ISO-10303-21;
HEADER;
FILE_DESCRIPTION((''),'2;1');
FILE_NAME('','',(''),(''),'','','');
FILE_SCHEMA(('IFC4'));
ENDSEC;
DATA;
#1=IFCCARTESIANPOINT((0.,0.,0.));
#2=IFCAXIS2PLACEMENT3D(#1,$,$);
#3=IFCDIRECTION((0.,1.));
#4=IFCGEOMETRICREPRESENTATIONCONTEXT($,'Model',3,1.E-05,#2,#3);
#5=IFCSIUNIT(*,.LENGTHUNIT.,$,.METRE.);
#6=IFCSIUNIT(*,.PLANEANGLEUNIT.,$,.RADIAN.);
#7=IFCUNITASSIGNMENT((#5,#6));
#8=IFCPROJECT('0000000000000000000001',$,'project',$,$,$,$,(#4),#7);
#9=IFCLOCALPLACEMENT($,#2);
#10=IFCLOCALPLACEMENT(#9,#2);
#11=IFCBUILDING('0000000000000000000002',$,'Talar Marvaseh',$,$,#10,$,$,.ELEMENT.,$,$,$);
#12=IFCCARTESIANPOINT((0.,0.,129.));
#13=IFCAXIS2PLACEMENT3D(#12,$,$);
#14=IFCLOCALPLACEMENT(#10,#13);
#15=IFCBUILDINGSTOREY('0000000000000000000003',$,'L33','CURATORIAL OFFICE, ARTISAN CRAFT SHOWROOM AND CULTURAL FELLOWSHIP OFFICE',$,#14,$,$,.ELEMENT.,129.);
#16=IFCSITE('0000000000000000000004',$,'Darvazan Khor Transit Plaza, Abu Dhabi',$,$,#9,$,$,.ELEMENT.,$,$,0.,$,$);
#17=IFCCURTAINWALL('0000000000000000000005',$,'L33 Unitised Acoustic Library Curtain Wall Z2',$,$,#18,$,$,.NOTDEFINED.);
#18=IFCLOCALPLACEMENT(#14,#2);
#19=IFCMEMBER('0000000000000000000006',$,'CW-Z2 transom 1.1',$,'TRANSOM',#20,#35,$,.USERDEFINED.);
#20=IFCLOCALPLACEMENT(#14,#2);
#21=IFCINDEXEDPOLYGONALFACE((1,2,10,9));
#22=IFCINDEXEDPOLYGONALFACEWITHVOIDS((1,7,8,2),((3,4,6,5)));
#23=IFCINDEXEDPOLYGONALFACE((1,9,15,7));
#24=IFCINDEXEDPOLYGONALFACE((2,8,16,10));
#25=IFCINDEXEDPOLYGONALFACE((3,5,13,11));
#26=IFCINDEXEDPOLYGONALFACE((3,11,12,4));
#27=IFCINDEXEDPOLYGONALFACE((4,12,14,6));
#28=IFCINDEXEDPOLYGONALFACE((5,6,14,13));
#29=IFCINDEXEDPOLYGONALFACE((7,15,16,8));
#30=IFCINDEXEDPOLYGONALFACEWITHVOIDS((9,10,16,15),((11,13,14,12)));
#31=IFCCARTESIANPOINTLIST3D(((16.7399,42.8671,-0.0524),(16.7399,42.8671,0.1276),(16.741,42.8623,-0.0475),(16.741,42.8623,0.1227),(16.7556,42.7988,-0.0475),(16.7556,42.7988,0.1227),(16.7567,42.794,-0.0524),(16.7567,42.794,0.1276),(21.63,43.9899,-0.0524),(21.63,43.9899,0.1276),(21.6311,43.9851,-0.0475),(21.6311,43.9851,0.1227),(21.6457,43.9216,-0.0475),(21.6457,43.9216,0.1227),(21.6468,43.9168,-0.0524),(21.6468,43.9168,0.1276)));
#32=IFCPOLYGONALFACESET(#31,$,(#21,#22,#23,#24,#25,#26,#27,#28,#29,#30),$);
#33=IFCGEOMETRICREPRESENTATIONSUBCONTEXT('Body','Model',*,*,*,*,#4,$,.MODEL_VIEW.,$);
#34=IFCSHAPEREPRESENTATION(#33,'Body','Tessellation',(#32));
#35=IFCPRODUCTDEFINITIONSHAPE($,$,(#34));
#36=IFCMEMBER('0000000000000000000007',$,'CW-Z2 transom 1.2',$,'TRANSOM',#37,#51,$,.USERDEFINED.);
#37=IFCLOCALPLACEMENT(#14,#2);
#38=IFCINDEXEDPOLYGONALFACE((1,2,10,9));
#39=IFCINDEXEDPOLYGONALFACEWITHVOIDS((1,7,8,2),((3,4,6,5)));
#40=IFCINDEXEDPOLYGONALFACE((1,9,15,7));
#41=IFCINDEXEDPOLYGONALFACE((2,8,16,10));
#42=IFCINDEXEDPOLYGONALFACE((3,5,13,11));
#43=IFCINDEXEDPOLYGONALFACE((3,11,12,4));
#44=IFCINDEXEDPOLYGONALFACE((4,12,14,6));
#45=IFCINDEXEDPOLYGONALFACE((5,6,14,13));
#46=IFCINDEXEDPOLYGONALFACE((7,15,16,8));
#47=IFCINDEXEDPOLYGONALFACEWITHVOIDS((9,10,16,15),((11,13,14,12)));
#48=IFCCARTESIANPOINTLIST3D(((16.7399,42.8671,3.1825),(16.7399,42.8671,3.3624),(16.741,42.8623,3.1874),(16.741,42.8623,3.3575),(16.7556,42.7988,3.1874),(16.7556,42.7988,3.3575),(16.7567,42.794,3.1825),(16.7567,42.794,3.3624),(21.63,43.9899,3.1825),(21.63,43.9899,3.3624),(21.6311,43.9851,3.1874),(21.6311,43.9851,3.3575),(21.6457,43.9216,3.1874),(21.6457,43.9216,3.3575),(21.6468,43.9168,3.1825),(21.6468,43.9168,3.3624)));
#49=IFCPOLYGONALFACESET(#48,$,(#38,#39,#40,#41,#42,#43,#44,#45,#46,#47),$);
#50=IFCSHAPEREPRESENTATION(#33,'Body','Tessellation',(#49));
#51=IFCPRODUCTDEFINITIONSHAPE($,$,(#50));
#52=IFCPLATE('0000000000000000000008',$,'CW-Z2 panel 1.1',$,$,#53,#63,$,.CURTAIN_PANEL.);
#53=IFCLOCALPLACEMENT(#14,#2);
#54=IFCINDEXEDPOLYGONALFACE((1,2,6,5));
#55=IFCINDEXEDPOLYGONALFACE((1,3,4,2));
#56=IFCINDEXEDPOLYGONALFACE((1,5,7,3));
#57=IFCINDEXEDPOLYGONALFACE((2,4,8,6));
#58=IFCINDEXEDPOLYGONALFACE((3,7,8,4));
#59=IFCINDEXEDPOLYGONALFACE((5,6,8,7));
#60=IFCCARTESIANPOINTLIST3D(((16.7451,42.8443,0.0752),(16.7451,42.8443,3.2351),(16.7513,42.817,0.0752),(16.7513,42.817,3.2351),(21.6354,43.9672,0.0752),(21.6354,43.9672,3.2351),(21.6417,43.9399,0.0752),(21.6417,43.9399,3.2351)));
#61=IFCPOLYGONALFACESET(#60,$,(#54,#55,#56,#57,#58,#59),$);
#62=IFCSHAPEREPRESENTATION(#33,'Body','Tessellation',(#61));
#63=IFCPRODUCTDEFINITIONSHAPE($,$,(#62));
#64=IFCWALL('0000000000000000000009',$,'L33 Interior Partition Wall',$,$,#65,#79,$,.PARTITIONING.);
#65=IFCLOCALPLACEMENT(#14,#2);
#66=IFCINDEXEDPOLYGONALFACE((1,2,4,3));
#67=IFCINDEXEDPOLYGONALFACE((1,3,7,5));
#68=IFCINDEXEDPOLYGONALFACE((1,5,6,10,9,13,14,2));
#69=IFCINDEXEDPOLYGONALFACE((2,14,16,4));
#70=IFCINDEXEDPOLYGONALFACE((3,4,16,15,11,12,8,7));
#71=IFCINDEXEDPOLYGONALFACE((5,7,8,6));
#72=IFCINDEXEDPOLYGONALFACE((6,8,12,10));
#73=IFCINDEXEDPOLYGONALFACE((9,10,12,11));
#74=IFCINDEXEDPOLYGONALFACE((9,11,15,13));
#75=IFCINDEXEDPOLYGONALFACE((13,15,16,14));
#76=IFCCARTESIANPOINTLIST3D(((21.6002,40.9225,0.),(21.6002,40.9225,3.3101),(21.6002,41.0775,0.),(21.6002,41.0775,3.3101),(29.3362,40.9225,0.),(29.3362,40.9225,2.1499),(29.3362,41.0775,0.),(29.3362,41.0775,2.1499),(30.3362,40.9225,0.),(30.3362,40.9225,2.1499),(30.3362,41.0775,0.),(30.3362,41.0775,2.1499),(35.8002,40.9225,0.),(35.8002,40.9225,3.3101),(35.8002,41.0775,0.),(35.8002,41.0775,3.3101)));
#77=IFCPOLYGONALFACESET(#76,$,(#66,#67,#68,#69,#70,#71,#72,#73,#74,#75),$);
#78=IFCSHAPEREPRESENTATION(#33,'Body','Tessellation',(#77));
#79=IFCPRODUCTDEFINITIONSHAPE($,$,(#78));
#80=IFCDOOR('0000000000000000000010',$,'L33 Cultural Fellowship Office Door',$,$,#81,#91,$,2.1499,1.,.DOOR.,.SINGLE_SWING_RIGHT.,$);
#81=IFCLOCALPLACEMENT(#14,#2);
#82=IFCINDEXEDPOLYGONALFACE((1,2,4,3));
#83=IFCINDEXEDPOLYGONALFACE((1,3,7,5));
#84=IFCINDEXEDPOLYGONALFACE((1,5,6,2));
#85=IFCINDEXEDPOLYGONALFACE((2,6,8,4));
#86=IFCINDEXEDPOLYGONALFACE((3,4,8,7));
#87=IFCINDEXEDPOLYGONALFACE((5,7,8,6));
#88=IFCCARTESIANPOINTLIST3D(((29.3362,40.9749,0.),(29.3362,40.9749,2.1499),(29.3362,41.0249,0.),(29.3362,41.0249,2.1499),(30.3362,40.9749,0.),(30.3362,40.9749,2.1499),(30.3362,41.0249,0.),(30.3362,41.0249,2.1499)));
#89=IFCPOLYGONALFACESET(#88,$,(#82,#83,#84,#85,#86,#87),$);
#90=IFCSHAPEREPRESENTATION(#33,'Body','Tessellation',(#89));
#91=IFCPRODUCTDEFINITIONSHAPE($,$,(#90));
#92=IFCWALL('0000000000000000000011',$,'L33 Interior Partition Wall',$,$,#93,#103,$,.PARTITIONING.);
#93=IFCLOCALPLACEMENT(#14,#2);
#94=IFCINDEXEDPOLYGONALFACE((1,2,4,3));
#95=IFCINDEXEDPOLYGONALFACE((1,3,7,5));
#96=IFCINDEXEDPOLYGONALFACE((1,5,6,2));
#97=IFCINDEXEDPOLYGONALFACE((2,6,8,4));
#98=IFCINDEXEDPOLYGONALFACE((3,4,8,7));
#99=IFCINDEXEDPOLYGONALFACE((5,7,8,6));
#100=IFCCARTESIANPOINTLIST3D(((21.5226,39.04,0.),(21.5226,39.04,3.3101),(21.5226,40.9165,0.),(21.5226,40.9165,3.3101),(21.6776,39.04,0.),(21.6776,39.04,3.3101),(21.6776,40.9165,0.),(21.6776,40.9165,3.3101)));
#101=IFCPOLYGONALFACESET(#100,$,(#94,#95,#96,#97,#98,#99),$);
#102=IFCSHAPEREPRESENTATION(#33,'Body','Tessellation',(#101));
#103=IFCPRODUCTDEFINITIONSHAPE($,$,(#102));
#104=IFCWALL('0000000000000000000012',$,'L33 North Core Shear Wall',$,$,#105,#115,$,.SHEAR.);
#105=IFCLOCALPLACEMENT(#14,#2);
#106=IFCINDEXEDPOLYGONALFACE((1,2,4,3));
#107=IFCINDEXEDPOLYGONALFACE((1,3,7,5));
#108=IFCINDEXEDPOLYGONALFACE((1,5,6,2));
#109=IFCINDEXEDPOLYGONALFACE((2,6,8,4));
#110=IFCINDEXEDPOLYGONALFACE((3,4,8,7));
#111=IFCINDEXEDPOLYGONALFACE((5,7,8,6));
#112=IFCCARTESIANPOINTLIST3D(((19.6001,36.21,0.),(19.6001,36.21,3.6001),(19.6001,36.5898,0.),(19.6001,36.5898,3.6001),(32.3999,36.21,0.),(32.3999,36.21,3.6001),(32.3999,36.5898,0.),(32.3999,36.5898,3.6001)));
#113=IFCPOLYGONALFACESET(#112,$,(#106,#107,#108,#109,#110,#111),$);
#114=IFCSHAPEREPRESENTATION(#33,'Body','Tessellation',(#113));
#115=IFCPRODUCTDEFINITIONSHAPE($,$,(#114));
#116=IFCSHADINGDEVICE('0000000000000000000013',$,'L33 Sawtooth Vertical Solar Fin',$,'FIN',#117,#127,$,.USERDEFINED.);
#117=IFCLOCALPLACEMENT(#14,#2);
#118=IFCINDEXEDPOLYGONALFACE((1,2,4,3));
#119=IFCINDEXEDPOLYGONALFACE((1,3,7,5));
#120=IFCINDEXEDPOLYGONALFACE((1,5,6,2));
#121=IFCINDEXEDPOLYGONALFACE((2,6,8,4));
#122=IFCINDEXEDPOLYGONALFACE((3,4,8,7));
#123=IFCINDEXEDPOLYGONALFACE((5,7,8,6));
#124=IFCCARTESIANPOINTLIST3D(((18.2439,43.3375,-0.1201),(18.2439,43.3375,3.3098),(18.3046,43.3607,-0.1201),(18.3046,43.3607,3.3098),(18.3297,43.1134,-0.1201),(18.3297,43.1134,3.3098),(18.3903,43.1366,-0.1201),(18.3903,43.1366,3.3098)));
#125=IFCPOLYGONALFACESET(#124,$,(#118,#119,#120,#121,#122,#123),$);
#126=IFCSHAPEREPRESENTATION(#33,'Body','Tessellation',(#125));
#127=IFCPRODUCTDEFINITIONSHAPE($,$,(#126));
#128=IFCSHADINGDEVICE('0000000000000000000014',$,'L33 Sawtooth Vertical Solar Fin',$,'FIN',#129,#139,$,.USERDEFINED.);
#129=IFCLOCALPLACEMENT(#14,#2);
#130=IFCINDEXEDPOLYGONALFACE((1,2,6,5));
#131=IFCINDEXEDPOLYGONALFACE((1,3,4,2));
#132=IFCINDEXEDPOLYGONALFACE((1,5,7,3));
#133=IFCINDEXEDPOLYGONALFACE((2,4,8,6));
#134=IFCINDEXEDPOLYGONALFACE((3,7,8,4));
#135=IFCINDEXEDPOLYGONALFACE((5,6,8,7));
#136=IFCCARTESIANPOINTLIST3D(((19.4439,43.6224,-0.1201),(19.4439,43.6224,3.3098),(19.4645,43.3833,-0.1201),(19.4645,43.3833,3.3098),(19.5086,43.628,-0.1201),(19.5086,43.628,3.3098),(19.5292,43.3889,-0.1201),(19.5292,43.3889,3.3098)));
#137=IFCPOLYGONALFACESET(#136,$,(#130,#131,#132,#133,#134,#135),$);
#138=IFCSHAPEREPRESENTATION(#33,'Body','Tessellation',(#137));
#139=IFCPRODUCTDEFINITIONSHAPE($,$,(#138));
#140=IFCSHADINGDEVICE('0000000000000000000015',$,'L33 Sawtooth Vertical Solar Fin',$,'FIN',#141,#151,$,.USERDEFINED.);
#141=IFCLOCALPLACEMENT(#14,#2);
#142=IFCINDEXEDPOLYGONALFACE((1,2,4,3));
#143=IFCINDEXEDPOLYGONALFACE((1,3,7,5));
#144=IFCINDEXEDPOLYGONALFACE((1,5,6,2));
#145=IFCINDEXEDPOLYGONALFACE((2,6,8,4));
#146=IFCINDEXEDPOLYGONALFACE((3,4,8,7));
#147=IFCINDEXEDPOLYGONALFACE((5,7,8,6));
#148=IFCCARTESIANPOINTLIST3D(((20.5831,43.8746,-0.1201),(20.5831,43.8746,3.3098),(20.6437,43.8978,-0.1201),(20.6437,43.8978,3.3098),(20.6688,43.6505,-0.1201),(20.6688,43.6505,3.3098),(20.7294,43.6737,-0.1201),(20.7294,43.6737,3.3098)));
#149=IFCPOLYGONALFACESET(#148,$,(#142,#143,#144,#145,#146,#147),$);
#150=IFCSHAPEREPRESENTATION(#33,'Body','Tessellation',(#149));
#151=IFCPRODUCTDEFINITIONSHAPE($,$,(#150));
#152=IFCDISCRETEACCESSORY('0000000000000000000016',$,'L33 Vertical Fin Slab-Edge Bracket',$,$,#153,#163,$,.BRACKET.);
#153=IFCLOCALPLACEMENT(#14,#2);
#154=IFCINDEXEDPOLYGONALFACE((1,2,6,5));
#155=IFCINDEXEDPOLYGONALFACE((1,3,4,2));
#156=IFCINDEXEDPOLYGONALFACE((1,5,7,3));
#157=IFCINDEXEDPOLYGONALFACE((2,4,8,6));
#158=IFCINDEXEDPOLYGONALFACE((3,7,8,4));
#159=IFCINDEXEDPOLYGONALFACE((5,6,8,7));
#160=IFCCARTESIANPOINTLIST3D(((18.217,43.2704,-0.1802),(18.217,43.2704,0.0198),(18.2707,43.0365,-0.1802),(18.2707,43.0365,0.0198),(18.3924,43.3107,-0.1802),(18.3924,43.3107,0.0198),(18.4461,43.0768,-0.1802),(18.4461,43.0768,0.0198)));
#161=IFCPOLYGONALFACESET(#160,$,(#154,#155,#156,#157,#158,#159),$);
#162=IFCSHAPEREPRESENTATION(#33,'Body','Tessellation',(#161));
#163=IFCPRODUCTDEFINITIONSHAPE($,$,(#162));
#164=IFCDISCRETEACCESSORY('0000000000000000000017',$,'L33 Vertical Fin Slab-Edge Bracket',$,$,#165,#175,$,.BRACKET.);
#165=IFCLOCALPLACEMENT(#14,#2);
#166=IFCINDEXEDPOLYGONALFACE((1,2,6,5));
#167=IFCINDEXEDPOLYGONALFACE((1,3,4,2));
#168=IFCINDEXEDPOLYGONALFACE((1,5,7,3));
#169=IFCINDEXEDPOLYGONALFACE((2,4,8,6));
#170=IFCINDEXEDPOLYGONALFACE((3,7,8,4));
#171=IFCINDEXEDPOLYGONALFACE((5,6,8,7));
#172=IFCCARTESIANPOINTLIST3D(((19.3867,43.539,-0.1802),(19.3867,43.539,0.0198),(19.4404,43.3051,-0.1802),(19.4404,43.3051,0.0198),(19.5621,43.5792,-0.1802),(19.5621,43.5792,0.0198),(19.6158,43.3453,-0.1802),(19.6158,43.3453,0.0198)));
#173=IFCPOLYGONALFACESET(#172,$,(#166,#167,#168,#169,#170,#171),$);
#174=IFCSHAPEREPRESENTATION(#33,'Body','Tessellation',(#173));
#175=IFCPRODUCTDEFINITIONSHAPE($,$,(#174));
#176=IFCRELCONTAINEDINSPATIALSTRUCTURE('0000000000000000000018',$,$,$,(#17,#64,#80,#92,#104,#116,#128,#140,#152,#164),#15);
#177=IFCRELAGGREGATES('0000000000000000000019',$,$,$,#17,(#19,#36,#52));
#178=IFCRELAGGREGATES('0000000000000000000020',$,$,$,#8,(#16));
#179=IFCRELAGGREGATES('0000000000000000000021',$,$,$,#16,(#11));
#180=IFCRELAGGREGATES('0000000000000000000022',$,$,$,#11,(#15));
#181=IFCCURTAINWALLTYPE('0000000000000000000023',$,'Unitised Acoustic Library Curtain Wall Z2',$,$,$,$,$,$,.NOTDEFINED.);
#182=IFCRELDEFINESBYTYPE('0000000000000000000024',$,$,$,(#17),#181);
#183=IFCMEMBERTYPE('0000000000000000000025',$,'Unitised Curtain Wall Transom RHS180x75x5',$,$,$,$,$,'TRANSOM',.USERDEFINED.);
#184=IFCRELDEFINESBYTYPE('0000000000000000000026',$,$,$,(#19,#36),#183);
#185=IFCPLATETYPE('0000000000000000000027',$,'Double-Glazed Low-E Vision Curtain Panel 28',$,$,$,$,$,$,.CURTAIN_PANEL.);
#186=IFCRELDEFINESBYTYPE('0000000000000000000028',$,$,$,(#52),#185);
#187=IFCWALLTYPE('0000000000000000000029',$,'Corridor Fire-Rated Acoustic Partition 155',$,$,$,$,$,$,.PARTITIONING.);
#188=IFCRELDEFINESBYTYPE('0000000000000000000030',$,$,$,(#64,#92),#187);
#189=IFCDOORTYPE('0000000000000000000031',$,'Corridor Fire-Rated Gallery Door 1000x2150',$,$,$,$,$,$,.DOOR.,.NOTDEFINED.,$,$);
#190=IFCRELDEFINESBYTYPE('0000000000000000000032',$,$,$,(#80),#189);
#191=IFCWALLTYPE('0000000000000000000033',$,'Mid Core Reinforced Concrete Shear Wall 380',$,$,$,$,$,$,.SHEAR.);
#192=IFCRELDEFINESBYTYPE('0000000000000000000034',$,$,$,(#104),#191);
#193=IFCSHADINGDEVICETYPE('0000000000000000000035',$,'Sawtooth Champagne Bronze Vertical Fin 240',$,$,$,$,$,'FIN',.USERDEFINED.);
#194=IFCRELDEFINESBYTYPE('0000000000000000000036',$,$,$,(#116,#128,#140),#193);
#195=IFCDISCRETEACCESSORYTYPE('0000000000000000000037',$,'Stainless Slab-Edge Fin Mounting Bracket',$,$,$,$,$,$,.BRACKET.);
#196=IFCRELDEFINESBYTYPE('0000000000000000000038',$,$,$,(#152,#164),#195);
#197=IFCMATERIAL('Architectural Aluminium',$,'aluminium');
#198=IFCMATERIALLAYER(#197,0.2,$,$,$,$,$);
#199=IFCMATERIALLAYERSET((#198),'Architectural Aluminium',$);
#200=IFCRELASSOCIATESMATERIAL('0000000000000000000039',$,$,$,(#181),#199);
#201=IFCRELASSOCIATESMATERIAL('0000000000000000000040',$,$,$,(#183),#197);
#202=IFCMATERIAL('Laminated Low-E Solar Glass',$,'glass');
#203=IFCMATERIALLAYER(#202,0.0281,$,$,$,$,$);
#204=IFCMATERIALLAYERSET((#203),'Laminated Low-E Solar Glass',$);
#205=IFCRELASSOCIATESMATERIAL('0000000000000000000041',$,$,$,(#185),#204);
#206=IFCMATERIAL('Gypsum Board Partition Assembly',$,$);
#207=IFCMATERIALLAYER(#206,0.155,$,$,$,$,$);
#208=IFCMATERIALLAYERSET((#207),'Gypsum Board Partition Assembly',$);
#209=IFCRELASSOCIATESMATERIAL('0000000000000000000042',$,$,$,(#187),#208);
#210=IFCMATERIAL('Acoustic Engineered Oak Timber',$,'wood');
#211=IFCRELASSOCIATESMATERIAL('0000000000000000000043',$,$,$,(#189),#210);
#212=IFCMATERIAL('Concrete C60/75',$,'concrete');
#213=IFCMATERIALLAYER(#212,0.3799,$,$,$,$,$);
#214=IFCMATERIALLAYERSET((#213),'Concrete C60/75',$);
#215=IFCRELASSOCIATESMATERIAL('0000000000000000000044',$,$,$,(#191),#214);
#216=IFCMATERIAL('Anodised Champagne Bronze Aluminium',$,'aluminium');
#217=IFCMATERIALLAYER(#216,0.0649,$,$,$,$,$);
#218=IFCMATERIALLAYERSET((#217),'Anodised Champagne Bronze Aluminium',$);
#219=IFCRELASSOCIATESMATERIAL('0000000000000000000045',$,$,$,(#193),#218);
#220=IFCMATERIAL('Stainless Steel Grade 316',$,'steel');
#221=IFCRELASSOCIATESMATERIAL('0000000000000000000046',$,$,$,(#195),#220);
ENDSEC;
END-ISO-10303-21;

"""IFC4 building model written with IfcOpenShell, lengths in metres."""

from ifc_helpers import new_model, si_unit, direction, frame, frame_2d, origin, origin_2d, place, context, subcontext, project, spatial, rectangle, hollow_rectangle, extrude, source, transform, mapped, material, layer, layer_set, material_profile, profile_set, type_object, type_shapes, element, fill, aggregate, save


model = new_model("IFC4")

# Units and contexts
model_context = context("Model", 3, precision=1e-05, world=origin(), true_north=direction((0.0, 1.0)))
body_context = subcontext(model_context, "Body", "Model", "MODEL_VIEW")
ifc_project = project(units=[si_unit("LENGTHUNIT", "METRE"), si_unit("PLANEANGLEUNIT", "RADIAN")], contexts=[model_context])

# Site, building, storey
site_placement = place(None, origin())
site = spatial("IfcSite", under=ifc_project, at=site_placement, Name="Darvazan Khor Transit Plaza, Abu Dhabi", CompositionType="ELEMENT", RefElevation=0.0)
building_placement = place(site_placement, origin())
building = spatial("IfcBuilding", under=site, at=building_placement, Name="Talar Marvaseh", CompositionType="ELEMENT")
storey_placement = place(building_placement, frame((0.0, 0.0, 129.0)))
storey = spatial("IfcBuildingStorey", under=building, at=storey_placement, Name="L33", Description="CURATORIAL OFFICE, ARTISAN CRAFT SHOWROOM AND CULTURAL FELLOWSHIP OFFICE", CompositionType="ELEMENT", Elevation=129.0)

# Shared definitions
ifc_material_1 = material(Name="Concrete C60/75", Category="concrete")

# Curtain wall, members, plate
ifc_material_2 = material(Name="Architectural Aluminium", Category="aluminium")
ifc_layer_1 = layer(ifc_material_2, 0.2)
ifc_layer_set_1 = layer_set([ifc_layer_1], Name="Architectural Aluminium")
curtain_wall_type = type_object("IfcCurtainWallType", Name="Unitised Acoustic Library Curtain Wall Z2", PredefinedType="NOTDEFINED", material=ifc_layer_set_1)
curtain_wall_placement = place(storey_placement, origin())
curtain_wall = element("IfcCurtainWall", 1, at=curtain_wall_placement, inside=storey, type_object=curtain_wall_type, Name="L33 Unitised Acoustic Library Curtain Wall Z2", PredefinedType="NOTDEFINED")
ifc_material_profile_1 = material_profile(ifc_material_2, hollow_rectangle(XDim=0.075, YDim=0.1799, WallThickness=0.0049, at=origin_2d()), Name="RHS180x75x5")
ifc_profile_set_1 = profile_set([ifc_material_profile_1], Name="Architectural Aluminium")
member_type_1 = type_object("IfcMemberType", Name="Unitised Curtain Wall Transom RHS180x75x5", ElementType="TRANSOM", PredefinedType="USERDEFINED", material=ifc_profile_set_1)
shared_shape_1 = source(origin(), body_context, "Body", "SweptSolid", [
    extrude(hollow_rectangle(XDim=0.075, YDim=0.1799, WallThickness=0.0049, at=origin_2d()), origin(), (0.0, 0.0, 1.0), 5.0173),
])
member_1_placement = place(storey_placement, frame((16.7483, 42.8306, 0.0376), z_axis=(0.974639, 0.223783, 0.0), x_axis=(-0.223783, 0.974639, 0.0)))
member_1 = element("IfcMember", 2, at=member_1_placement, type_object=member_type_1, Name="CW-Z2 transom 1.1", ObjectType="TRANSOM", PredefinedType="USERDEFINED", context=body_context, shape_type="MappedRepresentation", body=[
    mapped(shared_shape_1, transform((0.0, 0.0, 0.0), x_axis=(1.0, 0.0, 0.0), y_axis=(0.0, 1.0, 0.0), z_axis=(0.0, 0.0, 1.0), scale=1.0)),
])
member_2_placement = place(storey_placement, frame((16.7483, 42.8306, 3.2725), z_axis=(0.974639, 0.223783, 0.0), x_axis=(-0.223783, 0.974639, 0.0)))
member_2 = element("IfcMember", 3, at=member_2_placement, type_object=member_type_1, Name="CW-Z2 transom 1.2", ObjectType="TRANSOM", PredefinedType="USERDEFINED", context=body_context, shape_type="MappedRepresentation", body=[
    mapped(shared_shape_1, transform((0.0, 0.0, 0.0), x_axis=(1.0, 0.0, 0.0), y_axis=(0.0, 1.0, 0.0), z_axis=(0.0, 0.0, 1.0), scale=1.0)),
])
ifc_material_3 = material(Name="Laminated Low-E Solar Glass", Category="glass")
ifc_layer_2 = layer(ifc_material_3, 0.0281)
ifc_layer_set_2 = layer_set([ifc_layer_2], Name="Laminated Low-E Solar Glass")
plate_type = type_object("IfcPlateType", Name="Double-Glazed Low-E Vision Curtain Panel 28", PredefinedType="CURTAIN_PANEL", material=ifc_layer_set_2)
shared_shape_2 = source(origin(), body_context, "Body", "SweptSolid", [
    extrude(rectangle(XDim=5.0176, YDim=0.0281, at=origin_2d()), origin(), (0.0, 0.0, 1.0), 3.1599),
])
type_shapes(plate_type, [shared_shape_2])
plate_placement = place(storey_placement, frame((19.1934, 43.3921, 0.0752), z_axis=(0.0, 0.0, 1.0), x_axis=(0.974637, 0.223793, 0.0)))
plate = element("IfcPlate", 4, at=plate_placement, type_object=plate_type, Name="CW-Z2 panel 1.1", PredefinedType="CURTAIN_PANEL", context=body_context, shape_type="MappedRepresentation", body=[
    mapped(shared_shape_2, transform((0.0, 0.0, 0.0), x_axis=(1.0, 0.0, 0.0), y_axis=(0.0, 1.0, 0.0), z_axis=(0.0, 0.0, 1.0), scale=1.0)),
])
aggregate(curtain_wall, [member_1, member_2, plate])

# Wall, opening, door
ifc_material_4 = material(Name="Gypsum Board Partition Assembly")
ifc_layer_3 = layer(ifc_material_4, 0.155)
ifc_layer_set_3 = layer_set([ifc_layer_3], Name="Gypsum Board Partition Assembly")
wall_type_1 = type_object("IfcWallType", Name="Corridor Fire-Rated Acoustic Partition 155", PredefinedType="PARTITIONING", material=ifc_layer_set_3)
wall_1_placement = place(storey_placement, frame((21.6001, 41.0, 0.0), z_axis=(0.0, 0.0, 1.0), x_axis=(1.0, 0.0, 0.0)))
wall_1 = element("IfcWall", 5, at=wall_1_placement, inside=storey, type_object=wall_type_1, Name="L33 Interior Partition Wall", PredefinedType="PARTITIONING", context=body_context, shape_type="SweptSolid", body=[
    extrude(rectangle(XDim=14.2, YDim=0.155, at=frame_2d((7.1001, 0.0))), origin(), (0.0, 0.0, 1.0), 3.3101),
])
opening_1_placement = place(wall_1_placement, frame((7.7361, 0.0, 0.0)))
opening_1 = element("IfcOpeningElement", 6, at=opening_1_placement, cuts=wall_1, PredefinedType="OPENING", context=body_context, shape_type="SweptSolid", body=[
    extrude(rectangle(XDim=1.0, YDim=2.1499, at=frame_2d((0.5, 1.075))), frame((0.0, 0.0874, 0.0), z_axis=(0.0, -1.0, 0.0), x_axis=(1.0, 0.0, 0.0)), (0.0, 0.0, 1.0), 0.175),
])
ifc_material_5 = material(Name="Acoustic Engineered Oak Timber", Category="wood")
door_type_1 = type_object("IfcDoorType", Name="Corridor Fire-Rated Gallery Door 1000x2150", OperationType="NOTDEFINED", PredefinedType="DOOR", material=ifc_material_5)
shared_shape_3 = source(origin(), body_context, "Body", "SweptSolid", [
    extrude(rectangle(XDim=1.0, YDim=2.1499, at=frame_2d((0.5, 1.075))), frame((0.0, 0.0249, 0.0), z_axis=(0.0, -1.0, 0.0), x_axis=(1.0, 0.0, 0.0)), (0.0, 0.0, 1.0), 0.05),
])
type_shapes(door_type_1, [shared_shape_3])
door_1_placement = place(opening_1_placement, origin())
door_1 = element("IfcDoor", 7, at=door_1_placement, inside=storey, type_object=door_type_1, Name="L33 Cultural Fellowship Office Door", OperationType="SINGLE_SWING_RIGHT", OverallHeight=2.1499, OverallWidth=1.0, PredefinedType="DOOR", context=body_context, shape_type="MappedRepresentation", body=[
    mapped(shared_shape_3, transform((0.0, 0.0, 0.0), x_axis=(1.0, 0.0, 0.0), y_axis=(0.0, 1.0, 0.0), z_axis=(0.0, 0.0, 1.0), scale=1.0)),
])
fill(opening_1, door_1)

# Wall
wall_2_placement = place(storey_placement, frame((21.6001, 39.04, 0.0), z_axis=(0.0, 0.0, 1.0), x_axis=(0.0, 1.0, 0.0)))
element("IfcWall", 8, at=wall_2_placement, inside=storey, type_object=wall_type_1, Name="L33 Interior Partition Wall", PredefinedType="PARTITIONING", context=body_context, shape_type="SweptSolid", body=[
    extrude(rectangle(XDim=1.8765, YDim=0.155, at=frame_2d((0.9382, 0.0))), origin(), (0.0, 0.0, 1.0), 3.3101),
])

# Shared definitions
ifc_material_6 = material(Name="Stainless Steel Grade 316", Category="steel")

# Wall
ifc_layer_4 = layer(ifc_material_1, 0.3799)
ifc_layer_set_4 = layer_set([ifc_layer_4], Name="Concrete C60/75")
wall_type_2 = type_object("IfcWallType", Name="Mid Core Reinforced Concrete Shear Wall 380", PredefinedType="SHEAR", material=ifc_layer_set_4)
wall_3_placement = place(storey_placement, frame((19.6001, 36.3999, 0.0), z_axis=(0.0, 0.0, 1.0), x_axis=(1.0, 0.0, 0.0)))
element("IfcWall", 9, at=wall_3_placement, inside=storey, type_object=wall_type_2, Name="L33 North Core Shear Wall", PredefinedType="SHEAR", context=body_context, shape_type="SweptSolid", body=[
    extrude(rectangle(XDim=12.7998, YDim=0.3799, at=frame_2d((6.3999, 0.0))), origin(), (0.0, 0.0, 1.0), 3.6001),
])

# Shading devices
ifc_material_7 = material(Name="Anodised Champagne Bronze Aluminium", Category="aluminium")
ifc_layer_5 = layer(ifc_material_7, 0.0649)
ifc_layer_set_5 = layer_set([ifc_layer_5], Name="Anodised Champagne Bronze Aluminium")
shading_device_type = type_object("IfcShadingDeviceType", Name="Sawtooth Champagne Bronze Vertical Fin 240", ElementType="FIN", PredefinedType="USERDEFINED", material=ifc_layer_set_5)
shared_shape_4 = source(origin(), body_context, "Body", "SweptSolid", [
    extrude(rectangle(XDim=0.24, YDim=0.0649, at=origin_2d()), origin(), (0.0, 0.0, 1.0), 3.4299),
])
type_shapes(shading_device_type, [shared_shape_4])
for number, where, z_axis, x_axis, name in (
    (10, (18.3171, 43.2371, -0.1201), (0.0, 0.0, 1.0), (-0.357227, 0.934018, 0.0), "L33 Sawtooth Vertical Solar Fin"),
    (11, (19.4866, 43.5056, -0.1201), (0.0, 0.0, 1.0), (-0.085939, 0.9963, 0.0), "L33 Sawtooth Vertical Solar Fin"),
    (12, (20.6562, 43.7742, -0.1201), (0.0, 0.0, 1.0), (-0.357227, 0.934018, 0.0), "L33 Sawtooth Vertical Solar Fin"),
):
    element("IfcShadingDevice", number, at=place(storey_placement, frame(where, z_axis=z_axis, x_axis=x_axis)), inside=storey, type_object=shading_device_type, Name=name, ObjectType="FIN", PredefinedType="USERDEFINED", context=body_context, shape_type="MappedRepresentation", body=[
        mapped(shared_shape_4, transform((0.0, 0.0, 0.0), x_axis=(1.0, 0.0, 0.0), y_axis=(0.0, 1.0, 0.0), z_axis=(0.0, 0.0, 1.0), scale=1.0)),
    ])

# Discrete accessories
discrete_accessory_type = type_object("IfcDiscreteAccessoryType", Name="Stainless Slab-Edge Fin Mounting Bracket", PredefinedType="BRACKET", material=ifc_material_6)
shared_shape_5 = source(origin(), body_context, "Body", "SweptSolid", [
    extrude(rectangle(XDim=0.24, YDim=0.1799, at=origin_2d()), origin(), (0.0, 0.0, 1.0), 0.2),
])
type_shapes(discrete_accessory_type, [shared_shape_5])
for number, where, z_axis, x_axis, name in (
    (13, (18.3315, 43.1736, -0.1802), (0.0, 0.0, 1.0), (-0.22376, 0.974644, 0.0), "L33 Vertical Fin Slab-Edge Bracket"),
    (14, (19.5012, 43.4421, -0.1802), (0.0, 0.0, 1.0), (-0.22376, 0.974644, 0.0), "L33 Vertical Fin Slab-Edge Bracket"),
):
    element("IfcDiscreteAccessory", number, at=place(storey_placement, frame(where, z_axis=z_axis, x_axis=x_axis)), inside=storey, type_object=discrete_accessory_type, Name=name, PredefinedType="BRACKET", context=body_context, shape_type="MappedRepresentation", body=[
        mapped(shared_shape_5, transform((0.0, 0.0, 0.0), x_axis=(1.0, 0.0, 0.0), y_axis=(0.0, 1.0, 0.0), z_axis=(0.0, 0.0, 1.0), scale=1.0)),
    ])

save(model, "model.ifc")
